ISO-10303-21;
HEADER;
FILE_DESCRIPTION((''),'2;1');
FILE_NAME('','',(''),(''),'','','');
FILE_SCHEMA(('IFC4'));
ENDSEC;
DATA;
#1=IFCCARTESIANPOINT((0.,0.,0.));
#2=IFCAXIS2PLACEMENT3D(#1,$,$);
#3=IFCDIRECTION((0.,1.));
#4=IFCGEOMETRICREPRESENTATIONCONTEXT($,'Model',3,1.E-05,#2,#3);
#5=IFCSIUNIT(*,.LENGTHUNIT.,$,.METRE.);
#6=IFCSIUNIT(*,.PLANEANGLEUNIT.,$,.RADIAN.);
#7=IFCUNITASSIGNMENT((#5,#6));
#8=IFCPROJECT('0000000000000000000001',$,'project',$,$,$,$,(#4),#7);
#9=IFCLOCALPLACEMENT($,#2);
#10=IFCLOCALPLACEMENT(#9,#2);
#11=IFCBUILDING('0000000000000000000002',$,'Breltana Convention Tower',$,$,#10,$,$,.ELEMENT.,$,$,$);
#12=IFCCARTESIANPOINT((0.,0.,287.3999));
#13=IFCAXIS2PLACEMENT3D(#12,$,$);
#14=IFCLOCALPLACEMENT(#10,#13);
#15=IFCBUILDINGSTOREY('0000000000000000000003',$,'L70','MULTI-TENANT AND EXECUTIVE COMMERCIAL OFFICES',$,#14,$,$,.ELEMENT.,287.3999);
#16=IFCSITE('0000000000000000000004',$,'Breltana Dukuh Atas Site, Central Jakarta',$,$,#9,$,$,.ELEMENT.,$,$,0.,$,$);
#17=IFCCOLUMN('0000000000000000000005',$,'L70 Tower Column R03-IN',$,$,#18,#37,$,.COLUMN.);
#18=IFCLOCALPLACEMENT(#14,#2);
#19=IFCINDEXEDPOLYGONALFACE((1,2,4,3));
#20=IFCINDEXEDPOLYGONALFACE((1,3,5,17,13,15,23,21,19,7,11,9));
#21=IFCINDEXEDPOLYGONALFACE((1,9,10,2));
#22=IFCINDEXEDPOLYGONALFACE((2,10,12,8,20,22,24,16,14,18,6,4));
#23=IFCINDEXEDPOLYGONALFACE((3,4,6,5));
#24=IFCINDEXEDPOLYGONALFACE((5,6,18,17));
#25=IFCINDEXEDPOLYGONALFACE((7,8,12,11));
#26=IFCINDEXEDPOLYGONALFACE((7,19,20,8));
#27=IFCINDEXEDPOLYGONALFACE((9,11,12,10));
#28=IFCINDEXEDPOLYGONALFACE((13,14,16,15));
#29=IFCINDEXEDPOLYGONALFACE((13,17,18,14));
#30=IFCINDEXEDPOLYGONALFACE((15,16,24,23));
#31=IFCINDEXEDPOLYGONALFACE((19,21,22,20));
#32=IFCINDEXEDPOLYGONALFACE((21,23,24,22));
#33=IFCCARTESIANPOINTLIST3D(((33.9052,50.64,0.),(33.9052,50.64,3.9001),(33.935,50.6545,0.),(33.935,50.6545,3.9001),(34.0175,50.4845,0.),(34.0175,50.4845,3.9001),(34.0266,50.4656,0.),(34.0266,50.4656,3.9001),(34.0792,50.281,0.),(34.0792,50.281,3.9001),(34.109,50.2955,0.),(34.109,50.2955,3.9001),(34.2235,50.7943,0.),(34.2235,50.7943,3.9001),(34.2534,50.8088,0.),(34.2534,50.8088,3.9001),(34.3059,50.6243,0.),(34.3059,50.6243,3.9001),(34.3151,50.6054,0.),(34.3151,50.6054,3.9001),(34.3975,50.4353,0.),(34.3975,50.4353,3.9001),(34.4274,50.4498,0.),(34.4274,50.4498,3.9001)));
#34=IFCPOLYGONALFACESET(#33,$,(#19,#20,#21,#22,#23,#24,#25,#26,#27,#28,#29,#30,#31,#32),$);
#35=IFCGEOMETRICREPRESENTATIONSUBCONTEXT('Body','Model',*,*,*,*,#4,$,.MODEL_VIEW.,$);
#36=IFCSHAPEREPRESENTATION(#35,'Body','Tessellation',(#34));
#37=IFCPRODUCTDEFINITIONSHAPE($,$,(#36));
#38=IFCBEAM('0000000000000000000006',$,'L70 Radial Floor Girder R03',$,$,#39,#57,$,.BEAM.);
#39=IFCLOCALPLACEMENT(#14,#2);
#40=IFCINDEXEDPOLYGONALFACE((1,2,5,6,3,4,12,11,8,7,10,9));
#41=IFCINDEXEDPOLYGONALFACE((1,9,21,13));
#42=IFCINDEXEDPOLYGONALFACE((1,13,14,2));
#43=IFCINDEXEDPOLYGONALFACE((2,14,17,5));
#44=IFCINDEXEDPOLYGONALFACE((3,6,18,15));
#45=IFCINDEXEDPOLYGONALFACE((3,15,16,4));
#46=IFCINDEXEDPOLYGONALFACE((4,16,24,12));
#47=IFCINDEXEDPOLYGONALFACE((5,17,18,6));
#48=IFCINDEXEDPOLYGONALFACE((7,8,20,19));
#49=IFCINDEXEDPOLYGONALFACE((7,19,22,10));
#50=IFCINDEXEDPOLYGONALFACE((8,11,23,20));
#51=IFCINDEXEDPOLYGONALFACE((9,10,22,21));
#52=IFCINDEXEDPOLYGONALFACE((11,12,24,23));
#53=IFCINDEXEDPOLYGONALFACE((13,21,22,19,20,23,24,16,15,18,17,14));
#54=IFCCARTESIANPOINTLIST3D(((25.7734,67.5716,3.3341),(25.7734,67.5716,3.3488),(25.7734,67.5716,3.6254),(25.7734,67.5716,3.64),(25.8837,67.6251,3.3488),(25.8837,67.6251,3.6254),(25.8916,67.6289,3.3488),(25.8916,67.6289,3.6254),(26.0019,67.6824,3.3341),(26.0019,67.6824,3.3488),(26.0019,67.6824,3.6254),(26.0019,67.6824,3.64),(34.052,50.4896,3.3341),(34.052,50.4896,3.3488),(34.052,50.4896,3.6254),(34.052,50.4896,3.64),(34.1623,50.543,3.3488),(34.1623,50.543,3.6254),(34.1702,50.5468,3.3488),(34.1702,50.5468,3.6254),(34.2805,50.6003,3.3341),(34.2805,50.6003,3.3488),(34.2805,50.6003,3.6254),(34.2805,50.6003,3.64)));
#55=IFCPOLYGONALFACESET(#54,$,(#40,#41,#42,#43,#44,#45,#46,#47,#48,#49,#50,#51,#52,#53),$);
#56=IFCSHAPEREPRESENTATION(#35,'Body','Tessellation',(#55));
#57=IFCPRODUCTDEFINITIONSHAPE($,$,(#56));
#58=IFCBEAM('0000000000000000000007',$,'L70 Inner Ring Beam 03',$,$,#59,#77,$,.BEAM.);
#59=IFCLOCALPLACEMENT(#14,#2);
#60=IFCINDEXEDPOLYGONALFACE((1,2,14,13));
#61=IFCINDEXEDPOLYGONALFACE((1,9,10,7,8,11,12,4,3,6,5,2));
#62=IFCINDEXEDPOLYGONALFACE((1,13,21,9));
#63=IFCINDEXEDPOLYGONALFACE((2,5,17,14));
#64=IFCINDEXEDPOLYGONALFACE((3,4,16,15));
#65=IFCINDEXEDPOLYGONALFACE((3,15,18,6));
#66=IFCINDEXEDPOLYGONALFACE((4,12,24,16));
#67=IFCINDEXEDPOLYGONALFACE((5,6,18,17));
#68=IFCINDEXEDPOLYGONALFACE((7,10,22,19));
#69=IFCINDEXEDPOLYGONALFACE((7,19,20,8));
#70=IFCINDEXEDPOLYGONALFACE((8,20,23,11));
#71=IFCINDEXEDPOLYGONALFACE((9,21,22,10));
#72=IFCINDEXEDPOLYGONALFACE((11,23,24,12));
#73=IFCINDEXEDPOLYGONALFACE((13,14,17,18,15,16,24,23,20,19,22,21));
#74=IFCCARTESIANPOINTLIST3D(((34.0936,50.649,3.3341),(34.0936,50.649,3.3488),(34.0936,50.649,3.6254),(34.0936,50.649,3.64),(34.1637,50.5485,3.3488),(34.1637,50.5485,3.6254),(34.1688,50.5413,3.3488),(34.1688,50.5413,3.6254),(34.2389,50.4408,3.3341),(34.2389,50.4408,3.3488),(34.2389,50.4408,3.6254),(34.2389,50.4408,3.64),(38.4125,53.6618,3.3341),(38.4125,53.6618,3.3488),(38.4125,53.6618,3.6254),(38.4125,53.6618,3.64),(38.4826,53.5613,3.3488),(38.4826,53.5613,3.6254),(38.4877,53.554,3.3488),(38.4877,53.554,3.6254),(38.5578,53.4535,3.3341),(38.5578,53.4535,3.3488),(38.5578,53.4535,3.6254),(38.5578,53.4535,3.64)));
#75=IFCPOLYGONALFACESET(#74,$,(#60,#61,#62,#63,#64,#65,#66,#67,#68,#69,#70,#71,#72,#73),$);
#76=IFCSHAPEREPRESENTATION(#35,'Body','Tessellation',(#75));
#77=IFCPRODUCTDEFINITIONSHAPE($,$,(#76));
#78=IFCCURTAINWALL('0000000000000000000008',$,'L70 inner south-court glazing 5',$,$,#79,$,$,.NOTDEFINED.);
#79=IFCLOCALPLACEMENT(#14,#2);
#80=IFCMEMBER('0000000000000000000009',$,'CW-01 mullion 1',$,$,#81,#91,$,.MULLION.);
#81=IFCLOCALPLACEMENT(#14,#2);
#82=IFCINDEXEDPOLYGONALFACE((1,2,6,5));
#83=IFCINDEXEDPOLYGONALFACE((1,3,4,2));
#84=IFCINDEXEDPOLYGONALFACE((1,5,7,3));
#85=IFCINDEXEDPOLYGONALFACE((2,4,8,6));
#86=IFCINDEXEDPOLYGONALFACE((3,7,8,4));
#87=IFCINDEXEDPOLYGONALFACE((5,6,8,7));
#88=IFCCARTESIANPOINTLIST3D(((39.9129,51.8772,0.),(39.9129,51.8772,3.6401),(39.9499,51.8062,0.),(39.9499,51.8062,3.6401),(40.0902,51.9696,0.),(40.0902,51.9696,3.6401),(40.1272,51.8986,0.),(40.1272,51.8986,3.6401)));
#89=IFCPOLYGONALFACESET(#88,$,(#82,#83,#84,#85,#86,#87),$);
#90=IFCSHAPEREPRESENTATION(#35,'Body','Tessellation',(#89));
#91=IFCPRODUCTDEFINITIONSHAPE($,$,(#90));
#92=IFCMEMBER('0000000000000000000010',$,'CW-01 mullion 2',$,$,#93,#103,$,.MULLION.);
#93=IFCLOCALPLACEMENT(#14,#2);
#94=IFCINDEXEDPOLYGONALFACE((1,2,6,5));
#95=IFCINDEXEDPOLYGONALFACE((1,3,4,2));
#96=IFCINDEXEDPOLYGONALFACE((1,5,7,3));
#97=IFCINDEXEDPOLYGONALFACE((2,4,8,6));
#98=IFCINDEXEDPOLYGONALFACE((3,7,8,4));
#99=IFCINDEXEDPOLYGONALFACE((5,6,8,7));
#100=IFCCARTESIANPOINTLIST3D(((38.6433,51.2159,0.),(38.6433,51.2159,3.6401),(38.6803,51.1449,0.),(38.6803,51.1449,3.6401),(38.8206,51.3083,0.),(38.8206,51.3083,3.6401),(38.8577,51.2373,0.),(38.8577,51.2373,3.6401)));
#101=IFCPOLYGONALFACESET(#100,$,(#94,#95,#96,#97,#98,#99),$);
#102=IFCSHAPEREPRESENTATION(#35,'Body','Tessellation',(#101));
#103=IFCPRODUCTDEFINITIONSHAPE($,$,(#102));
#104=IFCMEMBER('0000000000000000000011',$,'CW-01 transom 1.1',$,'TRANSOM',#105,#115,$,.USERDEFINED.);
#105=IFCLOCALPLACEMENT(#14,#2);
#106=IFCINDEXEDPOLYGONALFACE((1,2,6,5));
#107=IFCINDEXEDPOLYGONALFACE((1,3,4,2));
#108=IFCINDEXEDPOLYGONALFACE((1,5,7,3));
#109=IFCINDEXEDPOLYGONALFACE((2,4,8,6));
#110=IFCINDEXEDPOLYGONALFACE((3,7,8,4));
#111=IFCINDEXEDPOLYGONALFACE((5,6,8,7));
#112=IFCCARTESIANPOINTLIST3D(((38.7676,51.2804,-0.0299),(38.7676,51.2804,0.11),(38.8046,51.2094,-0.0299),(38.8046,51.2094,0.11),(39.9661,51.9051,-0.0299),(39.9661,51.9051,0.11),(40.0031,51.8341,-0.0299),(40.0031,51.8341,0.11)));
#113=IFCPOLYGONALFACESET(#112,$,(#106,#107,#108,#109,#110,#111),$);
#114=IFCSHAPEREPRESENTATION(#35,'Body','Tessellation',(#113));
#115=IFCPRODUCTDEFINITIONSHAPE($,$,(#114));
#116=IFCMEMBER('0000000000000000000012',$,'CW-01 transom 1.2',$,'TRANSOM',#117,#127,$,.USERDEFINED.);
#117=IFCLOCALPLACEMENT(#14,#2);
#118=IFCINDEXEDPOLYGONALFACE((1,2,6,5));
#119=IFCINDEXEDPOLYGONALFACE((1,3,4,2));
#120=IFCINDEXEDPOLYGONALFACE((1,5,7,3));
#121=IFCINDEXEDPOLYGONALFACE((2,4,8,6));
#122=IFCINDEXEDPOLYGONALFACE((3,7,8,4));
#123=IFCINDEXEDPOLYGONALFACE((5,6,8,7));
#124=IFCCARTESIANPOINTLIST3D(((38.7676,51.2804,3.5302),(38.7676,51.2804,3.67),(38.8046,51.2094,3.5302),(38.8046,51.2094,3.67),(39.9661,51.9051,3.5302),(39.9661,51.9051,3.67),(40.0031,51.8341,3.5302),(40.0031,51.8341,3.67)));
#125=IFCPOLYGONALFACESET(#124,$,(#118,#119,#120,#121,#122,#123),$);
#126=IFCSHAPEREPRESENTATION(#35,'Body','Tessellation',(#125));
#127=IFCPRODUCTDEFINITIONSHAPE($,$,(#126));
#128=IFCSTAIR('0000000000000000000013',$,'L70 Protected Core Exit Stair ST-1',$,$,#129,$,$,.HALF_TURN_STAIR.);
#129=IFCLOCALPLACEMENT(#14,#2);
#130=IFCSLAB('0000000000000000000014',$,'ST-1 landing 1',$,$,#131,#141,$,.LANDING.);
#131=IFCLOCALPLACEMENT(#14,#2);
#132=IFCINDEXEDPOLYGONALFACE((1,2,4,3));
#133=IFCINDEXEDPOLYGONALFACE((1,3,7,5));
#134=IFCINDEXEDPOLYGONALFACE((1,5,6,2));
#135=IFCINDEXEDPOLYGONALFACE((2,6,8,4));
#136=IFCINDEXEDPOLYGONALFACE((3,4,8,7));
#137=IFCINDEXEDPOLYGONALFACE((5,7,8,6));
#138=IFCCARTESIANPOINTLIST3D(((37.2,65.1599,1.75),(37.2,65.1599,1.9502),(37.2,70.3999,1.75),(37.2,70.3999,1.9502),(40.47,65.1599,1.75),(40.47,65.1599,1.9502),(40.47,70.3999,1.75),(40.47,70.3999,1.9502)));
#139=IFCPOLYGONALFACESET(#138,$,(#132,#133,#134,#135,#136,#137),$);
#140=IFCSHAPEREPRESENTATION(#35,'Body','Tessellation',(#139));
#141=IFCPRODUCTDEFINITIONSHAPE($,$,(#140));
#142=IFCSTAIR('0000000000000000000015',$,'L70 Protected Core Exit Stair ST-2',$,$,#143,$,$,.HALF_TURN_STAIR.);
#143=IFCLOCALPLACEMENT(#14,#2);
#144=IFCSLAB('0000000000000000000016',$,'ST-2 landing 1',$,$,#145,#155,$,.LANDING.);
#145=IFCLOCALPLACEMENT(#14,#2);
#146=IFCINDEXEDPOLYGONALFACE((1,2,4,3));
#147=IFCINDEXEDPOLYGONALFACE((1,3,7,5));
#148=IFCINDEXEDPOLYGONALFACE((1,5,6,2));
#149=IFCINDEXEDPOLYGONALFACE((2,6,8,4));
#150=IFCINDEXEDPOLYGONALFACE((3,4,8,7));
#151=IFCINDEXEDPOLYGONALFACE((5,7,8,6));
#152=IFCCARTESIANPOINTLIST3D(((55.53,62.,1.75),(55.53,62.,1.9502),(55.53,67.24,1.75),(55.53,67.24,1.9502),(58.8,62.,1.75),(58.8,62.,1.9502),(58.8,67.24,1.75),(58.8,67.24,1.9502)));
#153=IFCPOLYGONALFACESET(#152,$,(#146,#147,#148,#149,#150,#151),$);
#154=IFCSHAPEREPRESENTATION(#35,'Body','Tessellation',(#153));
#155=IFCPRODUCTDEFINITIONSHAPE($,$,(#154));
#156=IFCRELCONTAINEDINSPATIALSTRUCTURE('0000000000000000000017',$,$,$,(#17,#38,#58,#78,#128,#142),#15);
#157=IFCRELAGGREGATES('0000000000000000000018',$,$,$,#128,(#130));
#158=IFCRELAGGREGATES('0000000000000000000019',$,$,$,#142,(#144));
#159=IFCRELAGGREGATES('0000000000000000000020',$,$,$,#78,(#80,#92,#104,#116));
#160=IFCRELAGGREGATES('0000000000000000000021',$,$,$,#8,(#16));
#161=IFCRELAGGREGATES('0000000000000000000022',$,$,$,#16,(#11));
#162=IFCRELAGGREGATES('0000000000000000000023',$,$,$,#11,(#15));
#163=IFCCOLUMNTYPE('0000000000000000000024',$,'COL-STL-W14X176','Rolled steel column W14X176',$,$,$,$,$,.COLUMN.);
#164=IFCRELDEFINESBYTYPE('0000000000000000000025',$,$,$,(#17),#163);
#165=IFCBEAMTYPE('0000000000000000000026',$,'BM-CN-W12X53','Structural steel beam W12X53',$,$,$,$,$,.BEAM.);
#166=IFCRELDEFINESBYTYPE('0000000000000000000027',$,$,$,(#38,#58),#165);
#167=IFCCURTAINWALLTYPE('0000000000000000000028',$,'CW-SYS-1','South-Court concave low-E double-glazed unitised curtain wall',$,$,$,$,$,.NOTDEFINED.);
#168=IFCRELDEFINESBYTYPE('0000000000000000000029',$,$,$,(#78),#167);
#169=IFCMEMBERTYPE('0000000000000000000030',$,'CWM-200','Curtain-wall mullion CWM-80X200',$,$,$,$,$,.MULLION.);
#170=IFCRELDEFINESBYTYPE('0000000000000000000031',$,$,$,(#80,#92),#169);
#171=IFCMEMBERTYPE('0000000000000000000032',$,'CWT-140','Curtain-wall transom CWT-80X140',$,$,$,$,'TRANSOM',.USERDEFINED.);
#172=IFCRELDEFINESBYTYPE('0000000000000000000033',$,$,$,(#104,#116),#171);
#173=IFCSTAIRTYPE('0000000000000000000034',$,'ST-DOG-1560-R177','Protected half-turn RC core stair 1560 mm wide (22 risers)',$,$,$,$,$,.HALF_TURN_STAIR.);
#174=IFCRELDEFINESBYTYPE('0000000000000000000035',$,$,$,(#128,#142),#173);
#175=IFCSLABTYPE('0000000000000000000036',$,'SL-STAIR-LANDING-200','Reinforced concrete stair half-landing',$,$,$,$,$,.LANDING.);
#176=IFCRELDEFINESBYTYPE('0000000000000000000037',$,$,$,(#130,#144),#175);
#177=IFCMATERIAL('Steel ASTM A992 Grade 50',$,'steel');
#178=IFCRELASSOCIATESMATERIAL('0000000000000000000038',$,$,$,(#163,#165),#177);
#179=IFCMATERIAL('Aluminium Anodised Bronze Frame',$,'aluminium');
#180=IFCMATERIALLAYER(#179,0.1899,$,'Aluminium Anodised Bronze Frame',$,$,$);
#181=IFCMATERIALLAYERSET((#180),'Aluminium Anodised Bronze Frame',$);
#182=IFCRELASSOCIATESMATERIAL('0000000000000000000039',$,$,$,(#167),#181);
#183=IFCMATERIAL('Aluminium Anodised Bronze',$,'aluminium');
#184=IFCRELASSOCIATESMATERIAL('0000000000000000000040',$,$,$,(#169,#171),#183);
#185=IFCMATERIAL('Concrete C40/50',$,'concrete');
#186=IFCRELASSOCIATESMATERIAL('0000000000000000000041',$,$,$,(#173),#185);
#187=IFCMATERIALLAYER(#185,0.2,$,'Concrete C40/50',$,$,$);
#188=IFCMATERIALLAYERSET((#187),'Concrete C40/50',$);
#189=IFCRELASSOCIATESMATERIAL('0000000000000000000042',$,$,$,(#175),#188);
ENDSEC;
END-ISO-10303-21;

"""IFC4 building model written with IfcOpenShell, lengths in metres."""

from ifc_helpers import new_model, si_unit, direction, frame, origin, origin_2d, place, context, subcontext, project, spatial, polyline, rectangle, i_section, outline, extrude, source, transform, mapped, material, layer, layer_set, material_profile, profile_set, type_object, element, aggregate, save


model = new_model("IFC4")

# Units and contexts
model_context = context("Model", 3, precision=1e-05, world=origin(), true_north=direction((0.0, 1.0)))
body_context = subcontext(model_context, "Body", "Model", "MODEL_VIEW")
ifc_project = project(units=[si_unit("LENGTHUNIT", "METRE"), si_unit("PLANEANGLEUNIT", "RADIAN")], contexts=[model_context])

# Site, building, storey
site_placement = place(None, origin())
site = spatial("IfcSite", under=ifc_project, at=site_placement, Name="Breltana Dukuh Atas Site, Central Jakarta", CompositionType="ELEMENT", RefElevation=0.0)
building_placement = place(site_placement, origin())
building = spatial("IfcBuilding", under=site, at=building_placement, Name="Breltana Convention Tower", CompositionType="ELEMENT")
storey_placement = place(building_placement, frame((0.0, 0.0, 287.3999)))
storey = spatial("IfcBuildingStorey", under=building, at=storey_placement, Name="L70", Description="MULTI-TENANT AND EXECUTIVE COMMERCIAL OFFICES", CompositionType="ELEMENT", Elevation=287.3999)

# Column
ifc_material_1 = material(Name="Steel ASTM A992 Grade 50", Category="steel")
ifc_material_profile_1 = material_profile(ifc_material_1, i_section(OverallWidth=0.3989, OverallDepth=0.387, WebThickness=0.021, FlangeThickness=0.0332, at=origin_2d()), Name="W14X176")
ifc_profile_set_1 = profile_set([ifc_material_profile_1], Name="Steel ASTM A992 Grade 50")
column_type = type_object("IfcColumnType", Name="COL-STL-W14X176", Description="Rolled steel column W14X176", PredefinedType="COLUMN", material=ifc_profile_set_1)
shared_shape_1 = source(origin(), body_context, "Body", "SweptSolid", [
    extrude(i_section(OverallWidth=0.3989, OverallDepth=0.387, WebThickness=0.021, FlangeThickness=0.0332, at=origin_2d()), origin(), (0.0, 0.0, 1.0), 3.9001),
])
column_placement = place(storey_placement, frame((34.1663, 50.5449, 0.0), z_axis=(0.0, 0.0, 1.0), x_axis=(-0.436174, 0.899863, 0.0)))
element("IfcColumn", 1, at=column_placement, inside=storey, type_object=column_type, Name="L70 Tower Column R03-IN", PredefinedType="COLUMN", context=body_context, shape_type="MappedRepresentation", body=[
    mapped(shared_shape_1, transform((0.0, 0.0, 0.0), scale=1.0)),
])

# Beams
ifc_material_profile_2 = material_profile(ifc_material_1, i_section(OverallWidth=0.2539, OverallDepth=0.3059, WebThickness=0.0088, FlangeThickness=0.0146, at=origin_2d()), Name="W12X53")
ifc_profile_set_2 = profile_set([ifc_material_profile_2], Name="Steel ASTM A992 Grade 50")
beam_type = type_object("IfcBeamType", Name="BM-CN-W12X53", Description="Structural steel beam W12X53", PredefinedType="BEAM", material=ifc_profile_set_2)
shared_shape_2 = source(origin(), body_context, "Body", "SweptSolid", [
    extrude(i_section(OverallWidth=0.2539, OverallDepth=0.3059, WebThickness=0.0088, FlangeThickness=0.0146, at=origin_2d()), origin(), (0.0, 0.0, 1.0), 18.9824),
])
beam_1_placement = place(storey_placement, frame((34.1663, 50.5449, 3.4871), z_axis=(-0.436119, 0.899889, 0.0), x_axis=(-0.899889, -0.436119, 0.0)))
element("IfcBeam", 2, at=beam_1_placement, inside=storey, type_object=beam_type, Name="L70 Radial Floor Girder R03", PredefinedType="BEAM", context=body_context, shape_type="MappedRepresentation", body=[
    mapped(shared_shape_2, transform((0.0, 0.0, 0.0), scale=1.0)),
])
shared_shape_3 = source(origin(), body_context, "Body", "SweptSolid", [
    extrude(i_section(OverallWidth=0.2539, OverallDepth=0.3059, WebThickness=0.0088, FlangeThickness=0.0146, at=origin_2d()), origin(), (0.0, 0.0, 1.0), 5.2659),
])
beam_2_placement = place(storey_placement, frame((34.1663, 50.5449, 3.4871), z_axis=(0.820167, 0.572124, 0.0), x_axis=(-0.572124, 0.820167, 0.0)))
element("IfcBeam", 3, at=beam_2_placement, inside=storey, type_object=beam_type, Name="L70 Inner Ring Beam 03", PredefinedType="BEAM", context=body_context, shape_type="MappedRepresentation", body=[
    mapped(shared_shape_3, transform((0.0, 0.0, 0.0), scale=1.0)),
])

# Curtain wall, members
ifc_material_2 = material(Name="Aluminium Anodised Bronze Frame", Category="aluminium")
ifc_layer_1 = layer(ifc_material_2, 0.1899, Name="Aluminium Anodised Bronze Frame")
ifc_layer_set_1 = layer_set([ifc_layer_1], Name="Aluminium Anodised Bronze Frame")
curtain_wall_type = type_object("IfcCurtainWallType", Name="CW-SYS-1", Description="South-Court concave low-E double-glazed unitised curtain wall", PredefinedType="NOTDEFINED", material=ifc_layer_set_1)
curtain_wall_placement = place(storey_placement, origin())
curtain_wall = element("IfcCurtainWall", 4, at=curtain_wall_placement, inside=storey, type_object=curtain_wall_type, Name="L70 inner south-court glazing 5", PredefinedType="NOTDEFINED")
ifc_material_3 = material(Name="Aluminium Anodised Bronze", Category="aluminium")
ifc_material_profile_3 = material_profile(ifc_material_3, rectangle(XDim=0.0801, YDim=0.2, at=origin_2d()), Name="CWM-80X200")
ifc_profile_set_3 = profile_set([ifc_material_profile_3], Name="Aluminium Anodised Bronze")
member_type_1 = type_object("IfcMemberType", Name="CWM-200", Description="Curtain-wall mullion CWM-80X200", PredefinedType="MULLION", material=ifc_profile_set_3)
shared_shape_4 = source(origin(), body_context, "Body", "SweptSolid", [
    extrude(rectangle(XDim=0.0801, YDim=0.2, at=origin_2d()), origin(), (0.0, 0.0, 1.0), 3.6401),
])
member_1_placement = place(storey_placement, frame((40.02, 51.8879, 0.0), z_axis=(0.0, 0.0, 1.0), x_axis=(0.462102, -0.886827, 0.0)))
member_1 = element("IfcMember", 5, at=member_1_placement, type_object=member_type_1, Name="CW-01 mullion 1", PredefinedType="MULLION", context=body_context, shape_type="MappedRepresentation", body=[
    mapped(shared_shape_4, transform((0.0, 0.0, 0.0), scale=1.0)),
])
member_2_placement = place(storey_placement, frame((38.7505, 51.2266, 0.0), z_axis=(0.0, 0.0, 1.0), x_axis=(0.462102, -0.886827, 0.0)))
member_2 = element("IfcMember", 6, at=member_2_placement, type_object=member_type_1, Name="CW-01 mullion 2", PredefinedType="MULLION", context=body_context, shape_type="MappedRepresentation", body=[
    mapped(shared_shape_4, transform((0.0, 0.0, 0.0), scale=1.0)),
])
ifc_material_profile_4 = material_profile(ifc_material_3, rectangle(XDim=0.0801, YDim=0.1399, at=origin_2d()), Name="CWT-80X140")
ifc_profile_set_4 = profile_set([ifc_material_profile_4], Name="Aluminium Anodised Bronze")
member_type_2 = type_object("IfcMemberType", Name="CWT-140", Description="Curtain-wall transom CWT-80X140", ElementType="TRANSOM", PredefinedType="USERDEFINED", material=ifc_profile_set_4)
shared_shape_5 = source(origin(), body_context, "Body", "SweptSolid", [
    extrude(rectangle(XDim=0.0801, YDim=0.1399, at=origin_2d()), origin(), (0.0, 0.0, 1.0), 1.3516),
])
member_3_placement = place(storey_placement, frame((39.9846, 51.8696, 0.04), z_axis=(-0.886749, -0.462251, 0.0), x_axis=(0.462251, -0.886749, 0.0)))
member_3 = element("IfcMember", 7, at=member_3_placement, type_object=member_type_2, Name="CW-01 transom 1.1", ObjectType="TRANSOM", PredefinedType="USERDEFINED", context=body_context, shape_type="MappedRepresentation", body=[
    mapped(shared_shape_5, transform((0.0, 0.0, 0.0), scale=1.0)),
])
member_4_placement = place(storey_placement, frame((39.9846, 51.8696, 3.6001), z_axis=(-0.886749, -0.462251, 0.0), x_axis=(0.462251, -0.886749, 0.0)))
member_4 = element("IfcMember", 8, at=member_4_placement, type_object=member_type_2, Name="CW-01 transom 1.2", ObjectType="TRANSOM", PredefinedType="USERDEFINED", context=body_context, shape_type="MappedRepresentation", body=[
    mapped(shared_shape_5, transform((0.0, 0.0, 0.0), scale=1.0)),
])

# Stairs, slabs
ifc_material_4 = material(Name="Concrete C40/50", Category="concrete")
stair_type = type_object("IfcStairType", Name="ST-DOG-1560-R177", Description="Protected half-turn RC core stair 1560 mm wide (22 risers)", PredefinedType="HALF_TURN_STAIR", material=ifc_material_4)
stair_1_placement = place(storey_placement, origin())
stair_1 = element("IfcStair", 9, at=stair_1_placement, inside=storey, type_object=stair_type, Name="L70 Protected Core Exit Stair ST-1", PredefinedType="HALF_TURN_STAIR")
ifc_layer_2 = layer(ifc_material_4, 0.2, Name="Concrete C40/50")
ifc_layer_set_2 = layer_set([ifc_layer_2], Name="Concrete C40/50")
slab_type_1 = type_object("IfcSlabType", Name="SL-STAIR-LANDING-200", Description="Reinforced concrete stair half-landing", PredefinedType="LANDING", material=ifc_layer_set_2)
slab_1_placement = place(storey_placement, frame((0.0, 0.0, 1.75)))
slab_1 = element("IfcSlab", 10, at=slab_1_placement, type_object=slab_type_1, Name="ST-1 landing 1", PredefinedType="LANDING", context=body_context, shape_type="SweptSolid", body=[
    extrude(outline(polyline([(40.47, 65.1599), (40.47, 70.3999), (37.2, 70.3999), (37.2, 65.1599), (40.47, 65.1599)])), origin(), (0.0, 0.0, 1.0), 0.2002),
])
aggregate(stair_1, [slab_1])
stair_2_placement = place(storey_placement, origin())
stair_2 = element("IfcStair", 11, at=stair_2_placement, inside=storey, type_object=stair_type, Name="L70 Protected Core Exit Stair ST-2", PredefinedType="HALF_TURN_STAIR")
slab_2_placement = place(storey_placement, frame((0.0, 0.0, 1.75)))
slab_2 = element("IfcSlab", 12, at=slab_2_placement, type_object=slab_type_1, Name="ST-2 landing 1", PredefinedType="LANDING", context=body_context, shape_type="SweptSolid", body=[
    extrude(outline(polyline([(55.53, 67.24), (55.53, 62.0), (58.8, 62.0), (58.8, 67.24), (55.53, 67.24)])), origin(), (0.0, 0.0, 1.0), 0.2002),
])
aggregate(stair_2, [slab_2])

aggregate(curtain_wall, [member_1, member_2, member_3, member_4])

save(model, "model.ifc")
